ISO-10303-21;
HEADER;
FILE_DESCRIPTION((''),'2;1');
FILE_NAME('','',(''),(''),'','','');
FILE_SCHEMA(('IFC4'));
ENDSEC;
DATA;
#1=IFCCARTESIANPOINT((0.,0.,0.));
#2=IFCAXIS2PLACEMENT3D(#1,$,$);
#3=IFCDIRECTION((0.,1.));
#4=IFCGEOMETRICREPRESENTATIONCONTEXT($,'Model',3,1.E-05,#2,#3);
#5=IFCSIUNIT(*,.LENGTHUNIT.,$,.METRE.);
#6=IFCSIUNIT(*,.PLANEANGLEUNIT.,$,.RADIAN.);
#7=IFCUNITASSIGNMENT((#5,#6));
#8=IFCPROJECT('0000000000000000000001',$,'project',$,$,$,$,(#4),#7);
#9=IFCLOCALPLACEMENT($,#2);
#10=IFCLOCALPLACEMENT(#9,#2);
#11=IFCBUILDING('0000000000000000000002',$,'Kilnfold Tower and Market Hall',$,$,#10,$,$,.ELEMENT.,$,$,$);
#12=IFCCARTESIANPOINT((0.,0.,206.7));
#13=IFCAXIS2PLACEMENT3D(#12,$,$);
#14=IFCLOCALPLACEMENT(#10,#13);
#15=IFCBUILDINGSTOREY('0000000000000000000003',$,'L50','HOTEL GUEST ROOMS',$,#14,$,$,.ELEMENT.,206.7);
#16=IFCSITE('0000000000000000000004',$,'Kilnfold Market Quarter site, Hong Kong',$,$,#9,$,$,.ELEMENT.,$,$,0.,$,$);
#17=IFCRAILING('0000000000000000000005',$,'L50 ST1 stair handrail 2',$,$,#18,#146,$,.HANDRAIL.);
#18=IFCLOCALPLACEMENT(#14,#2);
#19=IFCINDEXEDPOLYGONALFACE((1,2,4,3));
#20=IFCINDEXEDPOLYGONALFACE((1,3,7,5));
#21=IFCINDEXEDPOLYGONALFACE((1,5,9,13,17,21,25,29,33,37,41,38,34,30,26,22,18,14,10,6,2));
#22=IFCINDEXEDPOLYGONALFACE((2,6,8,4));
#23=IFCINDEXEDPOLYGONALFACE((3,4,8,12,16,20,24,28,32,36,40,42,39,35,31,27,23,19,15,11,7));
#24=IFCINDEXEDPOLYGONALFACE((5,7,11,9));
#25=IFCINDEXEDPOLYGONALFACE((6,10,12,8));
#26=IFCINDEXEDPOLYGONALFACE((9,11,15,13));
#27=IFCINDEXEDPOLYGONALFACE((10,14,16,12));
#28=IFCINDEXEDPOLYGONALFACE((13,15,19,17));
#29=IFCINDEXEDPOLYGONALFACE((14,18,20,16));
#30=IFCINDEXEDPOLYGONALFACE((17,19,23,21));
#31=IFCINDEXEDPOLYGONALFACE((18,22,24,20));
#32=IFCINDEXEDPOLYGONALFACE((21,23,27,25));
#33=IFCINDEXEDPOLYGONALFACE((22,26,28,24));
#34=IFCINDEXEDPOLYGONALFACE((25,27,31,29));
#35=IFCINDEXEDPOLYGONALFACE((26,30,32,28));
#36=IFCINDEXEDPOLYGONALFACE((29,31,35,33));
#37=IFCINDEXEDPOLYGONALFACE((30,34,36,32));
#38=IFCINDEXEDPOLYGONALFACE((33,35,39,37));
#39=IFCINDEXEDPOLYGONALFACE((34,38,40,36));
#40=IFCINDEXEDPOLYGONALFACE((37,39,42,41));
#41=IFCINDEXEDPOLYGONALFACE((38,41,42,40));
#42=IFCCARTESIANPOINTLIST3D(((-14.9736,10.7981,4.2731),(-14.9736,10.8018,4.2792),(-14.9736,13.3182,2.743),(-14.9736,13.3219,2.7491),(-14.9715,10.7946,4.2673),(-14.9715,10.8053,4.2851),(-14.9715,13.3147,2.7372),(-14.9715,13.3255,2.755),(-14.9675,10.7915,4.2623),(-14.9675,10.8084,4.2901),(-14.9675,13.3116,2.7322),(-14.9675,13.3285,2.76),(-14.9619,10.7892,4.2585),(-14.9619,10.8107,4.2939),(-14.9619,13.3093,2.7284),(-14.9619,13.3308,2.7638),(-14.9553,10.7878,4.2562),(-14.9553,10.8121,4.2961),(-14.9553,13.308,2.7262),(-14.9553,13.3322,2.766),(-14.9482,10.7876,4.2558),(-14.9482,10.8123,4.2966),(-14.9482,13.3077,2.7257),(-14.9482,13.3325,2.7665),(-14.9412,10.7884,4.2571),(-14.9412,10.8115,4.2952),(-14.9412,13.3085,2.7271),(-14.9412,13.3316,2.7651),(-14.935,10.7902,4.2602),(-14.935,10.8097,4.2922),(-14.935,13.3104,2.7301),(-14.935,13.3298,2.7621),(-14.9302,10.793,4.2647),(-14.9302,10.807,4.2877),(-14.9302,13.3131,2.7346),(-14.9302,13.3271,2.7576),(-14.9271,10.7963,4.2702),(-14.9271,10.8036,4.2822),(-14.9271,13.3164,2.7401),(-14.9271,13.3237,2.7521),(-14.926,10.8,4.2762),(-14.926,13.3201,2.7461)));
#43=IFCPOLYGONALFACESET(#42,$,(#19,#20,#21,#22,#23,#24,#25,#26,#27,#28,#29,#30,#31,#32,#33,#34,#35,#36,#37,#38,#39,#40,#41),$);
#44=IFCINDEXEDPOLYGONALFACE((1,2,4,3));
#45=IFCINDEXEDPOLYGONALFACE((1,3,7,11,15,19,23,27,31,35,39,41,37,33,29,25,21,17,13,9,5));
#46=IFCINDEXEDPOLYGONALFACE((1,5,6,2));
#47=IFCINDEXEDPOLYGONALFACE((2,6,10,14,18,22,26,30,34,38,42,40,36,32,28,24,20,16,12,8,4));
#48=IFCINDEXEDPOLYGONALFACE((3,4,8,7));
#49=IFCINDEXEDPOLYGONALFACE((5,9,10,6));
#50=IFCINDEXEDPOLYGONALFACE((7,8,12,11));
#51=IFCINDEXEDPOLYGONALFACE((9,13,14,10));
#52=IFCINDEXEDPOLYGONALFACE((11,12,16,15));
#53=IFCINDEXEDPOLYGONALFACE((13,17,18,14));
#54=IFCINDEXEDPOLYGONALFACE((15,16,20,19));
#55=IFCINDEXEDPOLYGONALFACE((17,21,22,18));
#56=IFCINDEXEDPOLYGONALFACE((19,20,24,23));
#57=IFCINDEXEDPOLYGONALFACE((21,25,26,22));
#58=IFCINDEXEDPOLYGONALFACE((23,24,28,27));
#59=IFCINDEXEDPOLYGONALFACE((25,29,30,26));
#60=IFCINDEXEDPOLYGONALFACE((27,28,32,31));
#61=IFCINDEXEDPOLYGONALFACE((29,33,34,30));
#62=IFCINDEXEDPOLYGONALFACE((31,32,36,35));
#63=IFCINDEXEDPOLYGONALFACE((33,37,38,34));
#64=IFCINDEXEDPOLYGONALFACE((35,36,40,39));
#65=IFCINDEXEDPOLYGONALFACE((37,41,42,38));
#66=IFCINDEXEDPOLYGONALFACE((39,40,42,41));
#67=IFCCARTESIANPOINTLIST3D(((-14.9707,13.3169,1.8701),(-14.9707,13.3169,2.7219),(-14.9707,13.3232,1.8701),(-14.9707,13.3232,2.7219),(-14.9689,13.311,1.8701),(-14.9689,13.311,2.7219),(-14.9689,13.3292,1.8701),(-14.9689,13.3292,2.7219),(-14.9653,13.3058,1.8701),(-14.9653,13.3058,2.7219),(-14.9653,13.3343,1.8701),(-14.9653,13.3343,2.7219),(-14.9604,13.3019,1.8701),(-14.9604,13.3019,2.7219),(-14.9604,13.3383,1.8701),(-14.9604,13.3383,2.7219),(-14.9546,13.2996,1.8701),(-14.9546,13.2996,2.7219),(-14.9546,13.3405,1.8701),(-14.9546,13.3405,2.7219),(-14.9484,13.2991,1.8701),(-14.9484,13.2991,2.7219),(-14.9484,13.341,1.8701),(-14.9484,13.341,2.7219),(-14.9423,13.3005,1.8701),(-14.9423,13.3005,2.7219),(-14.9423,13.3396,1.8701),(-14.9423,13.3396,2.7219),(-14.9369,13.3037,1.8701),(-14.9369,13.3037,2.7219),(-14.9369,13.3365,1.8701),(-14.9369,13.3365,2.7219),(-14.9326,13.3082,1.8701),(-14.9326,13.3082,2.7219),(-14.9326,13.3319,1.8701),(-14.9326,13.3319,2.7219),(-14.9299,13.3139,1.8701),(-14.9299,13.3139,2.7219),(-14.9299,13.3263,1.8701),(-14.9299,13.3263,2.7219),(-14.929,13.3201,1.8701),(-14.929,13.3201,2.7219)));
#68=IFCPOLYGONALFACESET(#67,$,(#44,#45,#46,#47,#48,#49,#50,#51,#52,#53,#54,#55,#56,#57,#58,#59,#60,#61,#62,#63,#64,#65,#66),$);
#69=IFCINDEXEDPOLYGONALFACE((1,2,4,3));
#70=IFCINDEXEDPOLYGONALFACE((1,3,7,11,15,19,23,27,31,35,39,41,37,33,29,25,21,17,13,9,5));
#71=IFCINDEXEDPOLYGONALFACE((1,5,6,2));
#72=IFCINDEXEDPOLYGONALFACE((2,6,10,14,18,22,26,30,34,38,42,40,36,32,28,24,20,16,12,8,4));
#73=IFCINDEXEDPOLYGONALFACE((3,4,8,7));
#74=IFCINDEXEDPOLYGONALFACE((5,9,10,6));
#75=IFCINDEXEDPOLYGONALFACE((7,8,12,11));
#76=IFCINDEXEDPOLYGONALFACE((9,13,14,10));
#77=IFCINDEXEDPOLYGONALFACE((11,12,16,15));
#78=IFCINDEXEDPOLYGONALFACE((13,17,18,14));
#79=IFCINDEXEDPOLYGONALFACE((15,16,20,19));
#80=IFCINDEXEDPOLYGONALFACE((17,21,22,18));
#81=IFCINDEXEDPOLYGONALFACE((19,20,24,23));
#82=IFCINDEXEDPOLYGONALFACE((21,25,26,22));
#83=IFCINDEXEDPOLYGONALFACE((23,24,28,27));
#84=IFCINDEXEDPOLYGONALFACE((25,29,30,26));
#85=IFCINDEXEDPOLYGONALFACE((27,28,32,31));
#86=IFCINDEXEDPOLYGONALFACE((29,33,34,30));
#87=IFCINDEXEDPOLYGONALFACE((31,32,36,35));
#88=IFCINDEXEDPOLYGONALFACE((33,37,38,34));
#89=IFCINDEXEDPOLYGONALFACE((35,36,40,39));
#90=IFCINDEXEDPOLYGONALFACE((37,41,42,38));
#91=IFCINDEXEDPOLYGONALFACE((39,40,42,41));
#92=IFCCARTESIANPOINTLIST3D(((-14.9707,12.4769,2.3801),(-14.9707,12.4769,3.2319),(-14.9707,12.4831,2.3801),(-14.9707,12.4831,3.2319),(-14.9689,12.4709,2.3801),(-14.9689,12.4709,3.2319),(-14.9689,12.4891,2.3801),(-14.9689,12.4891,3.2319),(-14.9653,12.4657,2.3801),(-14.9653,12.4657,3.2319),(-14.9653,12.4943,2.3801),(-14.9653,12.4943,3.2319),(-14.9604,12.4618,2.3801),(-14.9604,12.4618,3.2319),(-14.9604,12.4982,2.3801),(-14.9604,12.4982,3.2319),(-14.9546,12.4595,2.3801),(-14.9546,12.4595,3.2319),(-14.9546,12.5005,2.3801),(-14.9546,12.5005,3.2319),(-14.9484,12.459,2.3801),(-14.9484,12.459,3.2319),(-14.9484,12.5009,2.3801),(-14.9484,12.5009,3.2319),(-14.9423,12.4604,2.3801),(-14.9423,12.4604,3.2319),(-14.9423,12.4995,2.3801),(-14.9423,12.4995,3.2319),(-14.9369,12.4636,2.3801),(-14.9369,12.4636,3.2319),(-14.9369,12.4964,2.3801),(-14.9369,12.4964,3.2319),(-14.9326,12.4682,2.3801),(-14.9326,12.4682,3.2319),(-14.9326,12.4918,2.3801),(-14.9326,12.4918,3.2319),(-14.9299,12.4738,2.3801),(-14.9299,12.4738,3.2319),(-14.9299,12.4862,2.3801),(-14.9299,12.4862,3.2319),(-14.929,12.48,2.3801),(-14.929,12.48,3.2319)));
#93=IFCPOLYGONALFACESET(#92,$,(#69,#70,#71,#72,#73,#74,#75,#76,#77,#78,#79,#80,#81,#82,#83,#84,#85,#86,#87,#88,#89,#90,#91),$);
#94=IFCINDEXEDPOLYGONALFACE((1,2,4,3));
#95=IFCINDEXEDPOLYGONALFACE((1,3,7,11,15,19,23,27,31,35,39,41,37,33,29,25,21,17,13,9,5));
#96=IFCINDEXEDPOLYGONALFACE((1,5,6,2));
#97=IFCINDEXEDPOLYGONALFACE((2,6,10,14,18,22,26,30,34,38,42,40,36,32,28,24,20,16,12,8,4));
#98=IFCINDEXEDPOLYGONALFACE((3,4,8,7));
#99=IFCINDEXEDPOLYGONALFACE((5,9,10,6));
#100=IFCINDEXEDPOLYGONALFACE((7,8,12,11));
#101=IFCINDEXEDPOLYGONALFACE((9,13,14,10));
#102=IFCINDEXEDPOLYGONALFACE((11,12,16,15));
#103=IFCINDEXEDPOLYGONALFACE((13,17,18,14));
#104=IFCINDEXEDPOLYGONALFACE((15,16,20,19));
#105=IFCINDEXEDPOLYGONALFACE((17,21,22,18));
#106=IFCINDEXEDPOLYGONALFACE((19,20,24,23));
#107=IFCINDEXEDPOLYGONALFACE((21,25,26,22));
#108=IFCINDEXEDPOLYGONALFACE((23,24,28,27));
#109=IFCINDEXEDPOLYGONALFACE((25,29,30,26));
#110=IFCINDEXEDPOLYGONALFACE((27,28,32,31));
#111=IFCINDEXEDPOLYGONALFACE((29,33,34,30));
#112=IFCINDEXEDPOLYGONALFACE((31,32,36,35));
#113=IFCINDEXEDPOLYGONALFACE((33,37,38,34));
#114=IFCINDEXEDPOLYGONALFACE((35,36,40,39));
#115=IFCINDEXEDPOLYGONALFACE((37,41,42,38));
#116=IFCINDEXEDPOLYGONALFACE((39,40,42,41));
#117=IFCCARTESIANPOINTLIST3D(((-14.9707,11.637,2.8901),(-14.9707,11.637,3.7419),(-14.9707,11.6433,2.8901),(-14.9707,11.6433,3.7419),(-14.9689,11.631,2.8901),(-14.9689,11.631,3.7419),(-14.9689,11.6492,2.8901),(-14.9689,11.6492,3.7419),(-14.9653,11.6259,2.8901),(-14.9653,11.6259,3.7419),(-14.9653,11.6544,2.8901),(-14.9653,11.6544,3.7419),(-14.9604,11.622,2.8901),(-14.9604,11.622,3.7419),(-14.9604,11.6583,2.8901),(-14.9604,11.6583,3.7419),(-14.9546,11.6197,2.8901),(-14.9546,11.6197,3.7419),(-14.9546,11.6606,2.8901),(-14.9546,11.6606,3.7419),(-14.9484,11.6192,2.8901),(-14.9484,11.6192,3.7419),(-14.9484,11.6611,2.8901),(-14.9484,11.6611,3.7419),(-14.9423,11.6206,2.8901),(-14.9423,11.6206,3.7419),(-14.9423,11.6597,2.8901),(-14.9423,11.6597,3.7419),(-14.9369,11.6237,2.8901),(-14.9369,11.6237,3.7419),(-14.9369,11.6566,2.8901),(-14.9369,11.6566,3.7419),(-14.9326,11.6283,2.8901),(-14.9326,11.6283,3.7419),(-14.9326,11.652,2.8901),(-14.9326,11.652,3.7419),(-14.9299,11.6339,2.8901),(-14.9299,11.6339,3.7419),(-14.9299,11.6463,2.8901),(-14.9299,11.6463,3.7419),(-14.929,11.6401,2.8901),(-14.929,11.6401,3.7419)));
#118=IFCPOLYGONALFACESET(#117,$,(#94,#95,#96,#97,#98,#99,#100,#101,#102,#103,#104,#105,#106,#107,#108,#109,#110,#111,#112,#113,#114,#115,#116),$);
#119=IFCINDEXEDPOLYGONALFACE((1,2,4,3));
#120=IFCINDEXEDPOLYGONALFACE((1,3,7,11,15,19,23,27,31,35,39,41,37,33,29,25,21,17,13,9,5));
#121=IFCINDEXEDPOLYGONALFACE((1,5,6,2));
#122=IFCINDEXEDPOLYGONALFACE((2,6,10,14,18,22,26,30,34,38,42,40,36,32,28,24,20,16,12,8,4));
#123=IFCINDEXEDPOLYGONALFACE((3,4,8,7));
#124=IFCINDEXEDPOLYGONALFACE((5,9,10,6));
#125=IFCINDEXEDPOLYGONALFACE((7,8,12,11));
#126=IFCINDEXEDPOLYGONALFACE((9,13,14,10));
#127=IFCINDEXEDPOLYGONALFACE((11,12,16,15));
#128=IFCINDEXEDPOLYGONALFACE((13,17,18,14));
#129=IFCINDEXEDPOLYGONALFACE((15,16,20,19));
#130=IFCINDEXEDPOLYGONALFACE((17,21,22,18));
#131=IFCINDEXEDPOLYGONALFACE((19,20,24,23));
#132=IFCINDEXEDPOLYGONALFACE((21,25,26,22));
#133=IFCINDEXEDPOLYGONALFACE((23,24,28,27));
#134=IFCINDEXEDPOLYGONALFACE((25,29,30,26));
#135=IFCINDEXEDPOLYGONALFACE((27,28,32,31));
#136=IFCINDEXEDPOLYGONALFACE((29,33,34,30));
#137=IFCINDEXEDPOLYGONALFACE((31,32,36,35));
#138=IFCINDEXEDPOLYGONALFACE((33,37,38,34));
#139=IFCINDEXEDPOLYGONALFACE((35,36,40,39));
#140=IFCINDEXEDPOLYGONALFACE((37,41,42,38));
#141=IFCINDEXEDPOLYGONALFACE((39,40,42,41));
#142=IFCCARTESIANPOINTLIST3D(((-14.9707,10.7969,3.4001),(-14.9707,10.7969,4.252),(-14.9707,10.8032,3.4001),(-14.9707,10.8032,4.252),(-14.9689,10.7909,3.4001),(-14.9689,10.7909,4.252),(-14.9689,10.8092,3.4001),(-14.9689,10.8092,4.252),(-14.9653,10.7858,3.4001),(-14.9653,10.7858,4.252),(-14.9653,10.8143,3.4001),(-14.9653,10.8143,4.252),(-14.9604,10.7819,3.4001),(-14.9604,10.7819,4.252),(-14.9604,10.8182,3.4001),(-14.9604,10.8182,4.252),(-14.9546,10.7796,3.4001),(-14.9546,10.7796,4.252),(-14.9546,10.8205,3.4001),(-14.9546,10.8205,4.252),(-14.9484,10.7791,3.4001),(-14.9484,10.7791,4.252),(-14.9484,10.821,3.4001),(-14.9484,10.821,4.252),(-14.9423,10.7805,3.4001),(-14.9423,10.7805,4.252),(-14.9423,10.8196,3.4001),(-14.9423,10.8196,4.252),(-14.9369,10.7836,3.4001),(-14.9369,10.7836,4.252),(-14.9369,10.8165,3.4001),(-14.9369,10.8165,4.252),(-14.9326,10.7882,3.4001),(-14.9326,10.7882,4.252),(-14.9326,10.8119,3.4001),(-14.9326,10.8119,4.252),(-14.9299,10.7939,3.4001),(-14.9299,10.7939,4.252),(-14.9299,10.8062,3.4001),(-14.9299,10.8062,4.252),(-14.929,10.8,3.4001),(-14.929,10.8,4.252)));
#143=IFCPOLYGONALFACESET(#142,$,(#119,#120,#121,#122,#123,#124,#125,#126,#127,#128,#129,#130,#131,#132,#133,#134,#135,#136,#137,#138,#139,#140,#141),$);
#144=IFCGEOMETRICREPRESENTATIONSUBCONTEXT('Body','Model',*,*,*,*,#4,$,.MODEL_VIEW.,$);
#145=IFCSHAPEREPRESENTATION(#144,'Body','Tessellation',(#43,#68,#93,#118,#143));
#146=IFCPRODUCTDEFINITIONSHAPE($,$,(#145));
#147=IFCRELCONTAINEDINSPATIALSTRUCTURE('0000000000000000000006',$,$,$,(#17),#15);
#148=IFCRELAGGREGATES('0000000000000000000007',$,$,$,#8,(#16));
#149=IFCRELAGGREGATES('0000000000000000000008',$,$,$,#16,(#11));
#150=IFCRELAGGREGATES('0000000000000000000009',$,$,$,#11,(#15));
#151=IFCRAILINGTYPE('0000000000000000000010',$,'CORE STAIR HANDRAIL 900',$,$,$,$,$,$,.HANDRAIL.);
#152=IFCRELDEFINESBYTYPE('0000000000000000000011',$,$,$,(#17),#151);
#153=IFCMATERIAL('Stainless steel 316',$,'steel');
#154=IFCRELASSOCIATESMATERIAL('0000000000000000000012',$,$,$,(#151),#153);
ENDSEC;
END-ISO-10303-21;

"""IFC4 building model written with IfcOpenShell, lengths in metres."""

from ifc_helpers import new_model, si_unit, direction, frame, origin, origin_2d, place, context, subcontext, project, spatial, circle, extrude, material, type_object, element, save


model = new_model("IFC4")

# Units and contexts
model_context = context("Model", 3, precision=1e-05, world=origin(), true_north=direction((0.0, 1.0)))
body_context = subcontext(model_context, "Body", "Model", "MODEL_VIEW")
ifc_project = project(units=[si_unit("LENGTHUNIT", "METRE"), si_unit("PLANEANGLEUNIT", "RADIAN")], contexts=[model_context])

# Site, building, storey
site_placement = place(None, origin())
site = spatial("IfcSite", under=ifc_project, at=site_placement, Name="Kilnfold Market Quarter site, Hong Kong", CompositionType="ELEMENT", RefElevation=0.0)
building_placement = place(site_placement, origin())
building = spatial("IfcBuilding", under=site, at=building_placement, Name="Kilnfold Tower and Market Hall", CompositionType="ELEMENT")
storey_placement = place(building_placement, frame((0.0, 0.0, 206.7)))
storey = spatial("IfcBuildingStorey", under=building, at=storey_placement, Name="L50", Description="HOTEL GUEST ROOMS", CompositionType="ELEMENT", Elevation=206.7)

# Railing
ifc_material_1 = material(Name="Stainless steel 316", Category="steel")
railing_type = type_object("IfcRailingType", Name="CORE STAIR HANDRAIL 900", PredefinedType="HANDRAIL", material=ifc_material_1)
railing_placement = place(storey_placement, frame((-14.95, 13.3201, 1.8701)))
element("IfcRailing", 1, at=railing_placement, inside=storey, type_object=railing_type, Name="L50 ST1 stair handrail 2", PredefinedType="HANDRAIL", context=body_context, shape_type="SweptSolid", body=[
    extrude(circle(Radius=0.0239, at=origin_2d()), frame((0.0, 0.0, 0.876), z_axis=(0.0, -0.854785, 0.518982), x_axis=(1.0, 0.0, 0.0)), (0.0, 0.0, 1.0), 2.9482),
    extrude(circle(Radius=0.021, at=origin_2d()), origin(), (0.0, 0.0, 1.0), 0.8518),
    extrude(circle(Radius=0.021, at=origin_2d()), frame((0.0, -0.8401, 0.51)), (0.0, 0.0, 1.0), 0.8518),
    extrude(circle(Radius=0.021, at=origin_2d()), frame((0.0, -1.6799, 1.02)), (0.0, 0.0, 1.0), 0.8518),
    extrude(circle(Radius=0.021, at=origin_2d()), frame((0.0, -2.52, 1.53)), (0.0, 0.0, 1.0), 0.8518),
])

save(model, "model.ifc")
